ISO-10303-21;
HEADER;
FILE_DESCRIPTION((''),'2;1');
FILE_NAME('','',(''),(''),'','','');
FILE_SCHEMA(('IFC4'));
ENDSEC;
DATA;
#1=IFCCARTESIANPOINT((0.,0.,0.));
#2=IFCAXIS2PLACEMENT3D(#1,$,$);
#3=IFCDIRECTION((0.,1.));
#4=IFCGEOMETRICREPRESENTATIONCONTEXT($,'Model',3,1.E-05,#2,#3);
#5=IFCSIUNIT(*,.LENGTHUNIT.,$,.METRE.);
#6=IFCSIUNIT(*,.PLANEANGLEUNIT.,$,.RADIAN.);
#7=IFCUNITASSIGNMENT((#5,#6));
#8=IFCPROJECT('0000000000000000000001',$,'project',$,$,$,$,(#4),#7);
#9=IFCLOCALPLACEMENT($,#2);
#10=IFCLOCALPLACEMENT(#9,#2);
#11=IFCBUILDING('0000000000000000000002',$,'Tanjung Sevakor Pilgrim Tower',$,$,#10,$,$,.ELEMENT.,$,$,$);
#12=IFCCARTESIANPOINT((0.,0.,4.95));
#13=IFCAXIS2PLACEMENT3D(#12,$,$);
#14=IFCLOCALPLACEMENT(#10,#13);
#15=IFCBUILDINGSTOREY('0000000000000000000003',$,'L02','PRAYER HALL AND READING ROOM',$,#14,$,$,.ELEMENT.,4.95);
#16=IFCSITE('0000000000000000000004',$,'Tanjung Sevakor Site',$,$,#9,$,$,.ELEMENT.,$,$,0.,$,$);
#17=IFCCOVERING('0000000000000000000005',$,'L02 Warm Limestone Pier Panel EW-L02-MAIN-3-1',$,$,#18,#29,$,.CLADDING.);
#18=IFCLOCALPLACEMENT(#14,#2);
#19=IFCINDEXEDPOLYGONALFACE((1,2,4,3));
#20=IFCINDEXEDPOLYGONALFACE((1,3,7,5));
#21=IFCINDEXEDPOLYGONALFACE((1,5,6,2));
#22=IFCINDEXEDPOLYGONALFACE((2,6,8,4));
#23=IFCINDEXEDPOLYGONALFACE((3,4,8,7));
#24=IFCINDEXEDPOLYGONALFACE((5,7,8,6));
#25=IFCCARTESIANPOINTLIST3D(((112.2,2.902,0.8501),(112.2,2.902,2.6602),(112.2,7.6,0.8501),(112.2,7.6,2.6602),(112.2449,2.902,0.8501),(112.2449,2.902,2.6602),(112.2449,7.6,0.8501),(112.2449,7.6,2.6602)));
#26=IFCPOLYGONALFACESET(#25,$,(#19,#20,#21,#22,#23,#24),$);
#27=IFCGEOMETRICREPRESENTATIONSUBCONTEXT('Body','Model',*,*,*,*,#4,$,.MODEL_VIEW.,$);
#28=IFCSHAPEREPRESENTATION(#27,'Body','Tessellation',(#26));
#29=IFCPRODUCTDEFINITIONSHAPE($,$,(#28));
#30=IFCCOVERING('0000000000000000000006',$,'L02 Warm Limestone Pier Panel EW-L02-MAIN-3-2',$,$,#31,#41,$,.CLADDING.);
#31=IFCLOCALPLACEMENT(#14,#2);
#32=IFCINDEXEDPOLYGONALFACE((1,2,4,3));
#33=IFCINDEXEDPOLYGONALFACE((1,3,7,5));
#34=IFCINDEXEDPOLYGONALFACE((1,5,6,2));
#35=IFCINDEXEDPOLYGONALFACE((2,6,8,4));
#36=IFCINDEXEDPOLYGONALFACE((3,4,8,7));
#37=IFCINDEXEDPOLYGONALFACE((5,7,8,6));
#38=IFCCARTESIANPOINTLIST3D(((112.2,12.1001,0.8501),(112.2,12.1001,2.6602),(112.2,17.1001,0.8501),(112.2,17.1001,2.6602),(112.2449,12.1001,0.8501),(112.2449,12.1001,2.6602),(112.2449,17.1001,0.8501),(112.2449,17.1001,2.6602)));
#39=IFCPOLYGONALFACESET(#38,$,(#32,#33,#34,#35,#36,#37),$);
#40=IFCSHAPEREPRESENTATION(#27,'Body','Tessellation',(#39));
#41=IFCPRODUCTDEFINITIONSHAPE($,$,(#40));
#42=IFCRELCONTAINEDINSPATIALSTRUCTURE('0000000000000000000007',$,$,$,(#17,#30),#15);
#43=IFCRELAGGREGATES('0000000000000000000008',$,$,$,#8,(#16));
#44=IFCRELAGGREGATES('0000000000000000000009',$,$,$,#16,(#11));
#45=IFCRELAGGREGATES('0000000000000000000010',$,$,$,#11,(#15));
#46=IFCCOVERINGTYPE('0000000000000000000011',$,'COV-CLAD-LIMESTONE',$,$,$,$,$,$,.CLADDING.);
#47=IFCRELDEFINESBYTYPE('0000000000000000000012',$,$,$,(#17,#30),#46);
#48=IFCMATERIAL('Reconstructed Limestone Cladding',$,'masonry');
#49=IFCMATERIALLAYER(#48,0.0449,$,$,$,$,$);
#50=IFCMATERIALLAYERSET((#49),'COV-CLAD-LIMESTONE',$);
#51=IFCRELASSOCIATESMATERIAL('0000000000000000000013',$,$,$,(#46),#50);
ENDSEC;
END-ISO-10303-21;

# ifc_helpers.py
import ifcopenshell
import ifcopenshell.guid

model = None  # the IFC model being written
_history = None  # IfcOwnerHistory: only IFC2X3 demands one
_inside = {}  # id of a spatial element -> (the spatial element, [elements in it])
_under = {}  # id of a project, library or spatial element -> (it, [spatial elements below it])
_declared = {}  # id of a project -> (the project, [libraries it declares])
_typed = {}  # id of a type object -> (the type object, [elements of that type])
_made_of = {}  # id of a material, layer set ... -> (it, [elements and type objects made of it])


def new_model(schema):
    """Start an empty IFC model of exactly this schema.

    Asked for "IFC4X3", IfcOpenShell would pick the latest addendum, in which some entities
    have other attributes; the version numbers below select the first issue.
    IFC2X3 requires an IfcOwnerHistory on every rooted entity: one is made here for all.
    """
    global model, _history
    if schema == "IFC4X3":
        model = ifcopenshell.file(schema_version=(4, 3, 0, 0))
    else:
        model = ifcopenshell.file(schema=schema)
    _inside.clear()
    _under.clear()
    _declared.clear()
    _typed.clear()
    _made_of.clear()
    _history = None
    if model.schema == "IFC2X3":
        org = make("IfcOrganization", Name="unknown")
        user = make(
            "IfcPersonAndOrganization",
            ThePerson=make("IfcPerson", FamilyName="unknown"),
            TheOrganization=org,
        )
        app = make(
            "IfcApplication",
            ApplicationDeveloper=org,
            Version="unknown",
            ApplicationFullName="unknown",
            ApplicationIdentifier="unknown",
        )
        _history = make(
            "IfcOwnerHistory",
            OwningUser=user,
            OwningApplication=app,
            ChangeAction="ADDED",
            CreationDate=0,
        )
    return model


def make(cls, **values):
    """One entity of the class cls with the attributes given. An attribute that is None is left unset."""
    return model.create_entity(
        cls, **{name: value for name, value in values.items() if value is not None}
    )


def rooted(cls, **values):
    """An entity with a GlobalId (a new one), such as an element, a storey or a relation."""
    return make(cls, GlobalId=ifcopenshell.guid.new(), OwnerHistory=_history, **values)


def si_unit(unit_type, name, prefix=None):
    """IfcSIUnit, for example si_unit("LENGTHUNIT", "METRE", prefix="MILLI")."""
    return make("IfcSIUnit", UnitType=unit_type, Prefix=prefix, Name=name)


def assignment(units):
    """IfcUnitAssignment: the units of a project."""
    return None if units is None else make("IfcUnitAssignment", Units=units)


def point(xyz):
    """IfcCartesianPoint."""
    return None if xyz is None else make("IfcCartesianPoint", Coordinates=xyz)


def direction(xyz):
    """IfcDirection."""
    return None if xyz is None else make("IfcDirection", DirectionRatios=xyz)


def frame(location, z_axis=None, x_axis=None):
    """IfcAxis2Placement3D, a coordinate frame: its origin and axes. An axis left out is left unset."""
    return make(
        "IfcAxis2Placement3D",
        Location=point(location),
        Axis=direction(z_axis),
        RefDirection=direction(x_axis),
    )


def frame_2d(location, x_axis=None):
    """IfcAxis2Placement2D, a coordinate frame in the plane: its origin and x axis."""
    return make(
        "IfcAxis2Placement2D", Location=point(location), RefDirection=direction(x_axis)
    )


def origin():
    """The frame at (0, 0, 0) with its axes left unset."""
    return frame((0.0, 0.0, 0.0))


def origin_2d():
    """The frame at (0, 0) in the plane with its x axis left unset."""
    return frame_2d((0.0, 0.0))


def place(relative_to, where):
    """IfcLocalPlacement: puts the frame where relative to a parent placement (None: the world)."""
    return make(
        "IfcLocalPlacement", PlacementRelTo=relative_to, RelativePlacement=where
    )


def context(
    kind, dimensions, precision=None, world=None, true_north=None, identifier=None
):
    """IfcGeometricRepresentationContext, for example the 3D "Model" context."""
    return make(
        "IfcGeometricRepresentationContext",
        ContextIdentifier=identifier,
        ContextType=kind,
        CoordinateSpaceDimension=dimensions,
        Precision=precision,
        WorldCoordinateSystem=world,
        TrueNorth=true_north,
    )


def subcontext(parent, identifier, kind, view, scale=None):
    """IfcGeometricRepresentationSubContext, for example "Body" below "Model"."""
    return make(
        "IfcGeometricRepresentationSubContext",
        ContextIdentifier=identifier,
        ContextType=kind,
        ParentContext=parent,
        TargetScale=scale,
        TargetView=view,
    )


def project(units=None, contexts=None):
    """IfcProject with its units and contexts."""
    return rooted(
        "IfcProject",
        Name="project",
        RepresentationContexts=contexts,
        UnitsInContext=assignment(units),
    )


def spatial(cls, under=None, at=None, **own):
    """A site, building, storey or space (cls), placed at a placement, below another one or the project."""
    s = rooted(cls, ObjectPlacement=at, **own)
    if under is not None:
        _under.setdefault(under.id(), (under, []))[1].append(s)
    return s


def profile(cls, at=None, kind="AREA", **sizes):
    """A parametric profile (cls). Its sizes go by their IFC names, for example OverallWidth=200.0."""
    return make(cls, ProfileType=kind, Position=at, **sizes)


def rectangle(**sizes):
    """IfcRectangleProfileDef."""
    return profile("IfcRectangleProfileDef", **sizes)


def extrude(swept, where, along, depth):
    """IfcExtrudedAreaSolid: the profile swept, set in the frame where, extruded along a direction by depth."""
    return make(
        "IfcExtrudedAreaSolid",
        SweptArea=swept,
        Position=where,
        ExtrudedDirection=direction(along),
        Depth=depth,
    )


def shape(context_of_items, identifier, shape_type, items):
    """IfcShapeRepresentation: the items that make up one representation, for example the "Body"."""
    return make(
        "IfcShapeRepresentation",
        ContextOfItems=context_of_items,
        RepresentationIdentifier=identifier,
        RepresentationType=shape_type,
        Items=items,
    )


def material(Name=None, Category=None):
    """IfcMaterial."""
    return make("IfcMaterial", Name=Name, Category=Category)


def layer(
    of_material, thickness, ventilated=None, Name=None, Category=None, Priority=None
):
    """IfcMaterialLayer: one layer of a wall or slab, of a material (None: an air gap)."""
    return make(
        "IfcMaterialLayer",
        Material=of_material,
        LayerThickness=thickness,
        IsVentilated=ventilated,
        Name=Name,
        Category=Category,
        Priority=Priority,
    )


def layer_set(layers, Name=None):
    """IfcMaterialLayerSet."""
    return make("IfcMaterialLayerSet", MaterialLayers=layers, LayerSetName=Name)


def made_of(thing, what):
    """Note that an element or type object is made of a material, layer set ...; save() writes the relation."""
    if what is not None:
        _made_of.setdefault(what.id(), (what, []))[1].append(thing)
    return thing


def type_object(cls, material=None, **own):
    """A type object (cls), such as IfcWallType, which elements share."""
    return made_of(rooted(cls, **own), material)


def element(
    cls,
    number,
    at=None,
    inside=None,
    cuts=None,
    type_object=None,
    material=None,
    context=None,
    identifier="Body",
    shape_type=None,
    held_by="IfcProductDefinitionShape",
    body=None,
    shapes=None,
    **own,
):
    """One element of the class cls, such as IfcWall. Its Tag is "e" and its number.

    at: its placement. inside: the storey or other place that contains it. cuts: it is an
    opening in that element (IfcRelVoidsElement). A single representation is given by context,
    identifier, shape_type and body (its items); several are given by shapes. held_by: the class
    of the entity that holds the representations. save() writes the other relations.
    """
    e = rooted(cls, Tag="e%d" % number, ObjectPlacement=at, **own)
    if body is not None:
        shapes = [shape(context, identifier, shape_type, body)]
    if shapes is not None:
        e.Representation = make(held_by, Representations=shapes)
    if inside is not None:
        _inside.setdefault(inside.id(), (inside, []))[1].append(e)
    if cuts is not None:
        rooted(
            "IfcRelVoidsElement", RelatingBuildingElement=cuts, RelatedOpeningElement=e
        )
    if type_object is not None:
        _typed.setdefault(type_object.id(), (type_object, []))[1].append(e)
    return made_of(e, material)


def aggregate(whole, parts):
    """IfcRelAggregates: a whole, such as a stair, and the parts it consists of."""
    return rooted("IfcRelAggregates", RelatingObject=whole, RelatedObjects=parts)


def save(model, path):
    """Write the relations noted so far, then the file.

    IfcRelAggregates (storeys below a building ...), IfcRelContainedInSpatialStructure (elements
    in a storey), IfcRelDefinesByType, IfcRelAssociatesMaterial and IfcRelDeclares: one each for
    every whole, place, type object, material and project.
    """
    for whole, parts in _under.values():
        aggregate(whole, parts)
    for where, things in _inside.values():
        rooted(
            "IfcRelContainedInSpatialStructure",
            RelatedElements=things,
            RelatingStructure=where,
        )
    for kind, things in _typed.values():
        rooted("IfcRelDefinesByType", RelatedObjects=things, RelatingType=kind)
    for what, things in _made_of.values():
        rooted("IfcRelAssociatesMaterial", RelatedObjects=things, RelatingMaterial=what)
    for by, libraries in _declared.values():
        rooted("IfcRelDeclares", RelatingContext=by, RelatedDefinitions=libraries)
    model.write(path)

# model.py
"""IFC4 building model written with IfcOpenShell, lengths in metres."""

from ifc_helpers import new_model, si_unit, direction, frame, origin, origin_2d, place, context, subcontext, project, spatial, rectangle, extrude, material, layer, layer_set, type_object, element, save


model = new_model("IFC4")

# Units and contexts
model_context = context("Model", 3, precision=1e-05, world=origin(), true_north=direction((0.0, 1.0)))
body_context = subcontext(model_context, "Body", "Model", "MODEL_VIEW")
ifc_project = project(units=[si_unit("LENGTHUNIT", "METRE"), si_unit("PLANEANGLEUNIT", "RADIAN")], contexts=[model_context])

# Site, building, storey
site_placement = place(None, origin())
site = spatial("IfcSite", under=ifc_project, at=site_placement, Name="Tanjung Sevakor Site", CompositionType="ELEMENT", RefElevation=0.0)
building_placement = place(site_placement, origin())
building = spatial("IfcBuilding", under=site, at=building_placement, Name="Tanjung Sevakor Pilgrim Tower", CompositionType="ELEMENT")
storey_placement = place(building_placement, frame((0.0, 0.0, 4.95)))
storey = spatial("IfcBuildingStorey", under=building, at=storey_placement, Name="L02", Description="PRAYER HALL AND READING ROOM", CompositionType="ELEMENT", Elevation=4.95)

# Coverings
ifc_material_1 = material(Name="Reconstructed Limestone Cladding", Category="masonry")
ifc_layer_1 = layer(ifc_material_1, 0.0449)
ifc_layer_set_1 = layer_set([ifc_layer_1], Name="COV-CLAD-LIMESTONE")
covering_type = type_object("IfcCoveringType", Name="COV-CLAD-LIMESTONE", PredefinedType="CLADDING", material=ifc_layer_set_1)
covering_1_placement = place(storey_placement, frame((112.2224, 5.251, 0.8501), z_axis=(0.0, 0.0, 1.0), x_axis=(0.0, 1.0, 0.0)))
element("IfcCovering", 1, at=covering_1_placement, inside=storey, type_object=covering_type, Name="L02 Warm Limestone Pier Panel EW-L02-MAIN-3-1", PredefinedType="CLADDING", context=body_context, shape_type="SweptSolid", body=[
    extrude(rectangle(XDim=4.698, YDim=0.0449, at=origin_2d()), origin(), (0.0, 0.0, 1.0), 1.8101),
])
covering_2_placement = place(storey_placement, frame((112.2224, 14.6001, 0.8501), z_axis=(0.0, 0.0, 1.0), x_axis=(0.0, 1.0, 0.0)))
element("IfcCovering", 2, at=covering_2_placement, inside=storey, type_object=covering_type, Name="L02 Warm Limestone Pier Panel EW-L02-MAIN-3-2", PredefinedType="CLADDING", context=body_context, shape_type="SweptSolid", body=[
    extrude(rectangle(XDim=5.0, YDim=0.0449, at=origin_2d()), origin(), (0.0, 0.0, 1.0), 1.8101),
])

save(model, "model.ifc")
